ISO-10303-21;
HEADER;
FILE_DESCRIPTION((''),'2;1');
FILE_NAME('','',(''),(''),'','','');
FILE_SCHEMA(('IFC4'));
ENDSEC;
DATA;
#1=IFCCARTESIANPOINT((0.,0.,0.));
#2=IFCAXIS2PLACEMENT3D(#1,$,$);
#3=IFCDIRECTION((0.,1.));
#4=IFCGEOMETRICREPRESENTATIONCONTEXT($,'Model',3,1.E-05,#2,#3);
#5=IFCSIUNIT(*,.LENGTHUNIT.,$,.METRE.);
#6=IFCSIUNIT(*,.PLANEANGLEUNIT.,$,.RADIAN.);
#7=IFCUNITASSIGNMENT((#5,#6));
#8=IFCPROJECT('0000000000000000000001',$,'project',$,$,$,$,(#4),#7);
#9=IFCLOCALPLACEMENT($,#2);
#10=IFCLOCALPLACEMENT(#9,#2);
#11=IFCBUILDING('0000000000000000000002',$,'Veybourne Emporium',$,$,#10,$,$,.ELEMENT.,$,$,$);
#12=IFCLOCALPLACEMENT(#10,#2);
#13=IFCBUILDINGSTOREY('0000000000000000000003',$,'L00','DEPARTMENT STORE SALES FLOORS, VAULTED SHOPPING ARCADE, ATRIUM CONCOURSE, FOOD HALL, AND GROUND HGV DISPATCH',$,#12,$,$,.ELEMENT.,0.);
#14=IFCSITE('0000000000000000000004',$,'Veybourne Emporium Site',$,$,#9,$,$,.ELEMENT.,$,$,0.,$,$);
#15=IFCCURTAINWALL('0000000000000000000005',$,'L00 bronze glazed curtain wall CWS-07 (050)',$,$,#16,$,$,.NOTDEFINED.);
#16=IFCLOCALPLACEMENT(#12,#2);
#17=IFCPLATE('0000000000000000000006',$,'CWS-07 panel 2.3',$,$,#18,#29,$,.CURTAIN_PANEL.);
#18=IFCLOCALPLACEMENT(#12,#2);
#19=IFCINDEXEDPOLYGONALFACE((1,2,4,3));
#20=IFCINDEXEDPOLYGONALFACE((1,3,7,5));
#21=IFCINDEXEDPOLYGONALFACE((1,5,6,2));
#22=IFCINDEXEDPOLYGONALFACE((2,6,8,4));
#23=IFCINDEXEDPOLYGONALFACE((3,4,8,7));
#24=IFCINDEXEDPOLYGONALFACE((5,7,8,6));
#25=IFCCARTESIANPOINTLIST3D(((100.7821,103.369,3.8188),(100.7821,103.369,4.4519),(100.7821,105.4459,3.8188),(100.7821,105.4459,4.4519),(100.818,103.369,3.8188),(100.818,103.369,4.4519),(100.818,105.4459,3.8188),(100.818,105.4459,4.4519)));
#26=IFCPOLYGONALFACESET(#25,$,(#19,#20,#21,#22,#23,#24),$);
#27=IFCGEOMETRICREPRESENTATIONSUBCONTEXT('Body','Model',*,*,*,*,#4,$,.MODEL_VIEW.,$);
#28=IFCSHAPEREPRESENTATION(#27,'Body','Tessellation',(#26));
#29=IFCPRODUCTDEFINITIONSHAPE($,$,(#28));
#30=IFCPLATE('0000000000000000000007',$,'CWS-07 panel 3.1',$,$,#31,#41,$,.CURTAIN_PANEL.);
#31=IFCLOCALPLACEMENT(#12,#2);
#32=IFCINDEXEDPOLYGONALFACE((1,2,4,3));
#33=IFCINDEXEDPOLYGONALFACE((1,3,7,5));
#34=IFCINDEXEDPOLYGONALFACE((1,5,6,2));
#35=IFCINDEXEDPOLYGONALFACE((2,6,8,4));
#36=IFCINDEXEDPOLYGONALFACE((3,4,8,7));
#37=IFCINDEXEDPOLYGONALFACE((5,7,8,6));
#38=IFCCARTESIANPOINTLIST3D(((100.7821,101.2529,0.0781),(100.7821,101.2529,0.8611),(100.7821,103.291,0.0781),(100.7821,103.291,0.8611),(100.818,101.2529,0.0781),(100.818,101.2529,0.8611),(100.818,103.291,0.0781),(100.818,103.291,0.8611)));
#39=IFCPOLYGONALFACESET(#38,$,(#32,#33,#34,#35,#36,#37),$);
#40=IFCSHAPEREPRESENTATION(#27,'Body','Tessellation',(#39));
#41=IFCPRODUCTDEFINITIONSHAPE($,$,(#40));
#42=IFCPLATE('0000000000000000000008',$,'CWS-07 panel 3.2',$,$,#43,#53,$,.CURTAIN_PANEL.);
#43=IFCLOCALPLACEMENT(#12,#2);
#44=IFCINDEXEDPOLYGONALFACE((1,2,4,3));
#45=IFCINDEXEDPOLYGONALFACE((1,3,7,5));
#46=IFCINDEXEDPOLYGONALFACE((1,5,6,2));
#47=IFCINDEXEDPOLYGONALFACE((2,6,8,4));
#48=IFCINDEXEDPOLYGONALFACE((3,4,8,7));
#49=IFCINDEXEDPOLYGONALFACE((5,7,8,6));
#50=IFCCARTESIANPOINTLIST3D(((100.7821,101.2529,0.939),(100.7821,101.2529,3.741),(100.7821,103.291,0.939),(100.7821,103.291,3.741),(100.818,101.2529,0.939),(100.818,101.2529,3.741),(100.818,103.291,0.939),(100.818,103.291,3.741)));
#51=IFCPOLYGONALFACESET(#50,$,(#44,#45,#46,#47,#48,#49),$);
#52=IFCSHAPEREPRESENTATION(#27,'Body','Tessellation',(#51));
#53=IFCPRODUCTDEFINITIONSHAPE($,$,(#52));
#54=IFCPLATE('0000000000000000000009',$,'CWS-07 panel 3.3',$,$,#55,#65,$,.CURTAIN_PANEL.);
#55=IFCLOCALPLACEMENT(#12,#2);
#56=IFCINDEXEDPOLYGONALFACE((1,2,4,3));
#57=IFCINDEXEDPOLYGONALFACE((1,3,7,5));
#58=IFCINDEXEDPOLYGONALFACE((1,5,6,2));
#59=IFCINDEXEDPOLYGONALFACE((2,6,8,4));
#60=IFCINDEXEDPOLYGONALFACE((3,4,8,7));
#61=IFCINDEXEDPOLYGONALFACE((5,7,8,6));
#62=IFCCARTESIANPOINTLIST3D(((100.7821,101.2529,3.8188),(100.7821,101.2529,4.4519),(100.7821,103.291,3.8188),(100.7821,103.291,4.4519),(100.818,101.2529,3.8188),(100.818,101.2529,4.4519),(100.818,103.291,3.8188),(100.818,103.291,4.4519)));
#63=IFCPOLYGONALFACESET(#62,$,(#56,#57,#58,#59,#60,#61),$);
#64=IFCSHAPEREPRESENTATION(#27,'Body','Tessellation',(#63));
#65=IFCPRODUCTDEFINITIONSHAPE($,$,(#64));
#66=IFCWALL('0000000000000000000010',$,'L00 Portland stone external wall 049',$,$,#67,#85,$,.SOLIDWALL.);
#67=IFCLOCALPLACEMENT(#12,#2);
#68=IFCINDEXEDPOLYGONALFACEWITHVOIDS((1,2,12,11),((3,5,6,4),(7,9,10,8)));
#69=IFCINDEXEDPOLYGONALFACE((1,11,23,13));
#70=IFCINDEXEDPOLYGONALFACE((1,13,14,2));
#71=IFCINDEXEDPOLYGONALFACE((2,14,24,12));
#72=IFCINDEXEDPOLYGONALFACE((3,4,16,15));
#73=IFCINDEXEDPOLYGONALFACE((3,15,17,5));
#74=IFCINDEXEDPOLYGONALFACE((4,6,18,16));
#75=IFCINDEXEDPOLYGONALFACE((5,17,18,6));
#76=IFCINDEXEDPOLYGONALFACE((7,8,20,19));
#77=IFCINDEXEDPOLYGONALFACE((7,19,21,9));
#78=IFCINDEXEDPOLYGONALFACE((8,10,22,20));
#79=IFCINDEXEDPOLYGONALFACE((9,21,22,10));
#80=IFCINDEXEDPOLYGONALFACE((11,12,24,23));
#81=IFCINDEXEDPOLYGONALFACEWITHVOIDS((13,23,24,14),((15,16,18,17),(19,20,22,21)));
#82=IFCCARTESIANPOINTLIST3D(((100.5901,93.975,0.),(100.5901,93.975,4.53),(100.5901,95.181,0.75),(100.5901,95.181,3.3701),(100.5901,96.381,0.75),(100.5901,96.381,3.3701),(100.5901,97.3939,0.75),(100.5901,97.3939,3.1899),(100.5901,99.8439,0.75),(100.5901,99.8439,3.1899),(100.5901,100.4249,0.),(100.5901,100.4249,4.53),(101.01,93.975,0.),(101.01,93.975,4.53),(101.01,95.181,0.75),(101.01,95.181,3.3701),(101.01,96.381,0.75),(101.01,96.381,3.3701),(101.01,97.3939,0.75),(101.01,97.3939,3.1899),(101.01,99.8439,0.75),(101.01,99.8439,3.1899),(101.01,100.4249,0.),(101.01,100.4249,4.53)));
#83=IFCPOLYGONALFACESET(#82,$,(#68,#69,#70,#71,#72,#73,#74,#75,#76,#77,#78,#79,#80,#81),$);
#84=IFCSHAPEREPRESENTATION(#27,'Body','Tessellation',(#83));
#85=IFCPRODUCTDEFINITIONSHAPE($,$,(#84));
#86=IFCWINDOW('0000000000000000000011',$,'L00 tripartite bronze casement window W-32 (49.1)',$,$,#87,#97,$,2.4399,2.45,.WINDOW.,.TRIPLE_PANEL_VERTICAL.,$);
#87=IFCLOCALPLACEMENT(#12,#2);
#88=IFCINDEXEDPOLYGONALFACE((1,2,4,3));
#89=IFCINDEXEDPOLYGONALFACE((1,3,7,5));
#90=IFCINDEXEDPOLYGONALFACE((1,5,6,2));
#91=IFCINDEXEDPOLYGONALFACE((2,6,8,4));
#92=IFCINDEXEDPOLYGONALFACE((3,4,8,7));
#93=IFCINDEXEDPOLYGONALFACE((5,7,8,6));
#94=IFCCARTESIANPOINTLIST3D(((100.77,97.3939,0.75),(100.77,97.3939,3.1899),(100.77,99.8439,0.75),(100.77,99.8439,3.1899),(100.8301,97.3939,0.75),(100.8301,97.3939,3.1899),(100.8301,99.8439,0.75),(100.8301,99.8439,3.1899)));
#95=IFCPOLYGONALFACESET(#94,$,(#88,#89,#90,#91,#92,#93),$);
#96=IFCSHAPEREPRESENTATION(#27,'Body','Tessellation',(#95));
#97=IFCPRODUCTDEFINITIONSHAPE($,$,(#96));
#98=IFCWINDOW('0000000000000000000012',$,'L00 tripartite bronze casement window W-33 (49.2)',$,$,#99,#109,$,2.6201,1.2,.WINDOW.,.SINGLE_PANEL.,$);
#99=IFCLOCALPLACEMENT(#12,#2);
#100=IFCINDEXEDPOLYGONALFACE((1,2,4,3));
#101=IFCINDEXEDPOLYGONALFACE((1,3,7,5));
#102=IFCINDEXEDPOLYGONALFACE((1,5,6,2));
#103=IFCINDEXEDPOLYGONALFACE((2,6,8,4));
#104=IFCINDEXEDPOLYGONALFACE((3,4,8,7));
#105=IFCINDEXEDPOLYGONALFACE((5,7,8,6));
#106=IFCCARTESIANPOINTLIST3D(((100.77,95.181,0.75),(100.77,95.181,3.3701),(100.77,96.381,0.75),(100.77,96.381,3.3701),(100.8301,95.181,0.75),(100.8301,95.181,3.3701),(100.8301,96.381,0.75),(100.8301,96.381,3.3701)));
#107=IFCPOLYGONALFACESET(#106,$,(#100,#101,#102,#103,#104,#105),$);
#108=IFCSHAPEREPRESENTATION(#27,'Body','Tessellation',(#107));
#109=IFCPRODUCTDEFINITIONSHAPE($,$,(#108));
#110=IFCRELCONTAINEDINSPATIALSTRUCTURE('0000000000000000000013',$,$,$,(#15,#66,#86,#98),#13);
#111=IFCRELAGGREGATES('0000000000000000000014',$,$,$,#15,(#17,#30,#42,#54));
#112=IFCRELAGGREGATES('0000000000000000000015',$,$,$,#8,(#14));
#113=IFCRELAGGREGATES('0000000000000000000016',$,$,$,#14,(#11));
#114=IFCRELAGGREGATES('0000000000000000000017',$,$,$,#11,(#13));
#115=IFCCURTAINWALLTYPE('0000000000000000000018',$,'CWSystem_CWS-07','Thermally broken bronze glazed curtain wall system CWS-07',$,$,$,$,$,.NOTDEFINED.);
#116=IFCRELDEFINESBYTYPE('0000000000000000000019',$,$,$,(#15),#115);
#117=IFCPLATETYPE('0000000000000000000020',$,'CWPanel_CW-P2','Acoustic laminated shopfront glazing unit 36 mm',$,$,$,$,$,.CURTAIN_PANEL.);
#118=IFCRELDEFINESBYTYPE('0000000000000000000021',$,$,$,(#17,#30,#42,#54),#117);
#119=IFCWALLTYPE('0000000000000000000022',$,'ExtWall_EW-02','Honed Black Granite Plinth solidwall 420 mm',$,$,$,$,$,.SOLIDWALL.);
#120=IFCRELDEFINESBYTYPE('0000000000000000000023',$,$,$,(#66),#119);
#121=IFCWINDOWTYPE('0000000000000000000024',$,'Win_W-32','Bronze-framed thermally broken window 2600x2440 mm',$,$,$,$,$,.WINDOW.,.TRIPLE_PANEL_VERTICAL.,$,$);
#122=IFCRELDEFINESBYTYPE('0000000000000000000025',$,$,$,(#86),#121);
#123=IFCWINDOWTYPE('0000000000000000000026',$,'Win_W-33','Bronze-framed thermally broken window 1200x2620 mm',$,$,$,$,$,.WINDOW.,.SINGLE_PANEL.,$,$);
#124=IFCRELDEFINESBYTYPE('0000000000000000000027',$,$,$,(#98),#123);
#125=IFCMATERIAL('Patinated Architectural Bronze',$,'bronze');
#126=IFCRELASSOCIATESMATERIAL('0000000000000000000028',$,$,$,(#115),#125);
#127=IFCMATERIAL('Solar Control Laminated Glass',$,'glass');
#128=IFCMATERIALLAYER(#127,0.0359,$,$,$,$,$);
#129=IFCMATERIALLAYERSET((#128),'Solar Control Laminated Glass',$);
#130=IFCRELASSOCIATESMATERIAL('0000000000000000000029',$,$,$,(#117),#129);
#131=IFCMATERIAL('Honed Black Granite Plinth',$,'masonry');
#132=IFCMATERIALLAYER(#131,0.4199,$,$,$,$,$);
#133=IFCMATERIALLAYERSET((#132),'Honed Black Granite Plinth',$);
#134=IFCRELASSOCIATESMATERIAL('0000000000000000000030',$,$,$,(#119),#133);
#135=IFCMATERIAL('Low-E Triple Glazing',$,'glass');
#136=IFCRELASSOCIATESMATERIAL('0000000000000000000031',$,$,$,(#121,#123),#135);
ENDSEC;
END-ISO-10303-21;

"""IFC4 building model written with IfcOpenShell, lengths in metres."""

from ifc_helpers import new_model, si_unit, direction, frame, frame_2d, origin, origin_2d, place, context, subcontext, project, spatial, rectangle, extrude, material, layer, layer_set, type_object, element, fill, aggregate, save


model = new_model("IFC4")

# Units and contexts
model_context = context("Model", 3, precision=1e-05, world=origin(), true_north=direction((0.0, 1.0)))
body_context = subcontext(model_context, "Body", "Model", "MODEL_VIEW")
ifc_project = project(units=[si_unit("LENGTHUNIT", "METRE"), si_unit("PLANEANGLEUNIT", "RADIAN")], contexts=[model_context])

# Site, building, storey
site_placement = place(None, origin())
site = spatial("IfcSite", under=ifc_project, at=site_placement, Name="Veybourne Emporium Site", CompositionType="ELEMENT", RefElevation=0.0)
building_placement = place(site_placement, origin())
building = spatial("IfcBuilding", under=site, at=building_placement, Name="Veybourne Emporium", CompositionType="ELEMENT")
storey_placement = place(building_placement, origin())
storey = spatial("IfcBuildingStorey", under=building, at=storey_placement, Name="L00", Description="DEPARTMENT STORE SALES FLOORS, VAULTED SHOPPING ARCADE, ATRIUM CONCOURSE, FOOD HALL, AND GROUND HGV DISPATCH", CompositionType="ELEMENT", Elevation=0.0)

# Curtain wall
ifc_material_1 = material(Name="Patinated Architectural Bronze", Category="bronze")
curtain_wall_type = type_object("IfcCurtainWallType", Name="CWSystem_CWS-07", Description="Thermally broken bronze glazed curtain wall system CWS-07", PredefinedType="NOTDEFINED", material=ifc_material_1)
curtain_wall_placement = place(storey_placement, origin())
curtain_wall = element("IfcCurtainWall", 1, at=curtain_wall_placement, inside=storey, type_object=curtain_wall_type, Name="L00 bronze glazed curtain wall CWS-07 (050)", PredefinedType="NOTDEFINED")

# Plates
ifc_material_2 = material(Name="Solar Control Laminated Glass", Category="glass")
ifc_layer_1 = layer(ifc_material_2, 0.0359)
ifc_layer_set_1 = layer_set([ifc_layer_1], Name="Solar Control Laminated Glass")
plate_type = type_object("IfcPlateType", Name="CWPanel_CW-P2", Description="Acoustic laminated shopfront glazing unit 36 mm", PredefinedType="CURTAIN_PANEL", material=ifc_layer_set_1)
plate_1_placement = place(storey_placement, frame((100.8, 104.4075, 3.8188), z_axis=(0.0, 0.0, 1.0), x_axis=(0.0, -1.0, 0.0)))
plate_1 = element("IfcPlate", 2, at=plate_1_placement, type_object=plate_type, Name="CWS-07 panel 2.3", PredefinedType="CURTAIN_PANEL", context=body_context, shape_type="SweptSolid", body=[
    extrude(rectangle(XDim=2.0769, YDim=0.0359, at=origin_2d()), origin(), (0.0, 0.0, 1.0), 0.6331),
])
plate_2_placement = place(storey_placement, frame((100.8, 102.272, 0.0781), z_axis=(0.0, 0.0, 1.0), x_axis=(0.0, -1.0, 0.0)))
plate_2 = element("IfcPlate", 3, at=plate_2_placement, type_object=plate_type, Name="CWS-07 panel 3.1", PredefinedType="CURTAIN_PANEL", context=body_context, shape_type="SweptSolid", body=[
    extrude(rectangle(XDim=2.0381, YDim=0.0359, at=origin_2d()), origin(), (0.0, 0.0, 1.0), 0.783),
])
plate_3_placement = place(storey_placement, frame((100.8, 102.272, 0.939), z_axis=(0.0, 0.0, 1.0), x_axis=(0.0, -1.0, 0.0)))
plate_3 = element("IfcPlate", 4, at=plate_3_placement, type_object=plate_type, Name="CWS-07 panel 3.2", PredefinedType="CURTAIN_PANEL", context=body_context, shape_type="SweptSolid", body=[
    extrude(rectangle(XDim=2.0381, YDim=0.0359, at=origin_2d()), origin(), (0.0, 0.0, 1.0), 2.802),
])
plate_4_placement = place(storey_placement, frame((100.8, 102.272, 3.8188), z_axis=(0.0, 0.0, 1.0), x_axis=(0.0, -1.0, 0.0)))
plate_4 = element("IfcPlate", 5, at=plate_4_placement, type_object=plate_type, Name="CWS-07 panel 3.3", PredefinedType="CURTAIN_PANEL", context=body_context, shape_type="SweptSolid", body=[
    extrude(rectangle(XDim=2.0381, YDim=0.0359, at=origin_2d()), origin(), (0.0, 0.0, 1.0), 0.6331),
])
aggregate(curtain_wall, [plate_1, plate_2, plate_3, plate_4])

# Wall, openings, windows
ifc_material_3 = material(Name="Honed Black Granite Plinth", Category="masonry")
ifc_layer_2 = layer(ifc_material_3, 0.4199)
ifc_layer_set_2 = layer_set([ifc_layer_2], Name="Honed Black Granite Plinth")
wall_type = type_object("IfcWallType", Name="ExtWall_EW-02", Description="Honed Black Granite Plinth solidwall 420 mm", PredefinedType="SOLIDWALL", material=ifc_layer_set_2)
wall_placement = place(storey_placement, frame((100.8, 100.425, 0.0), z_axis=(0.0, 0.0, 1.0), x_axis=(0.0, -1.0, 0.0)))
wall = element("IfcWall", 6, at=wall_placement, inside=storey, type_object=wall_type, Name="L00 Portland stone external wall 049", PredefinedType="SOLIDWALL", context=body_context, shape_type="SweptSolid", body=[
    extrude(rectangle(XDim=6.45, YDim=0.4199, at=frame_2d((3.2251, 0.0))), origin(), (0.0, 0.0, 1.0), 4.53),
])
opening_1_placement = place(wall_placement, frame((0.5811, 0.0, 0.75)))
opening_1 = element("IfcOpeningElement", 7, at=opening_1_placement, cuts=wall, PredefinedType="OPENING", context=body_context, shape_type="SweptSolid", body=[
    extrude(rectangle(XDim=2.45, YDim=2.4399, at=frame_2d((1.2251, 1.22))), frame((0.0, 0.23, 0.0), z_axis=(0.0, -1.0, 0.0), x_axis=(1.0, 0.0, 0.0)), (0.0, 0.0, 1.0), 0.46),
])
opening_2_placement = place(wall_placement, frame((4.0439, 0.0, 0.75)))
opening_2 = element("IfcOpeningElement", 8, at=opening_2_placement, cuts=wall, PredefinedType="OPENING", context=body_context, shape_type="SweptSolid", body=[
    extrude(rectangle(XDim=1.2, YDim=2.6201, at=frame_2d((0.6001, 1.3101))), frame((0.0, 0.23, 0.0), z_axis=(0.0, -1.0, 0.0), x_axis=(1.0, 0.0, 0.0)), (0.0, 0.0, 1.0), 0.46),
])
ifc_material_4 = material(Name="Low-E Triple Glazing", Category="glass")
window_type_1 = type_object("IfcWindowType", Name="Win_W-32", Description="Bronze-framed thermally broken window 2600x2440 mm", PartitioningType="TRIPLE_PANEL_VERTICAL", PredefinedType="WINDOW", material=ifc_material_4)
window_1_placement = place(opening_1_placement, origin())
window_1 = element("IfcWindow", 9, at=window_1_placement, inside=storey, type_object=window_type_1, Name="L00 tripartite bronze casement window W-32 (49.1)", OverallHeight=2.4399, OverallWidth=2.45, PartitioningType="TRIPLE_PANEL_VERTICAL", PredefinedType="WINDOW", context=body_context, shape_type="SweptSolid", body=[
    extrude(rectangle(XDim=2.45, YDim=2.4399, at=frame_2d((1.2251, 1.22))), frame((0.0, 0.03, 0.0), z_axis=(0.0, -1.0, 0.0), x_axis=(1.0, 0.0, 0.0)), (0.0, 0.0, 1.0), 0.0601),
])
fill(opening_1, window_1)
window_type_2 = type_object("IfcWindowType", Name="Win_W-33", Description="Bronze-framed thermally broken window 1200x2620 mm", PartitioningType="SINGLE_PANEL", PredefinedType="WINDOW", material=ifc_material_4)
window_2_placement = place(opening_2_placement, origin())
window_2 = element("IfcWindow", 10, at=window_2_placement, inside=storey, type_object=window_type_2, Name="L00 tripartite bronze casement window W-33 (49.2)", OverallHeight=2.6201, OverallWidth=1.2, PartitioningType="SINGLE_PANEL", PredefinedType="WINDOW", context=body_context, shape_type="SweptSolid", body=[
    extrude(rectangle(XDim=1.2, YDim=2.6201, at=frame_2d((0.6001, 1.3101))), frame((0.0, 0.03, 0.0), z_axis=(0.0, -1.0, 0.0), x_axis=(1.0, 0.0, 0.0)), (0.0, 0.0, 1.0), 0.0601),
])
fill(opening_2, window_2)

save(model, "model.ifc")
